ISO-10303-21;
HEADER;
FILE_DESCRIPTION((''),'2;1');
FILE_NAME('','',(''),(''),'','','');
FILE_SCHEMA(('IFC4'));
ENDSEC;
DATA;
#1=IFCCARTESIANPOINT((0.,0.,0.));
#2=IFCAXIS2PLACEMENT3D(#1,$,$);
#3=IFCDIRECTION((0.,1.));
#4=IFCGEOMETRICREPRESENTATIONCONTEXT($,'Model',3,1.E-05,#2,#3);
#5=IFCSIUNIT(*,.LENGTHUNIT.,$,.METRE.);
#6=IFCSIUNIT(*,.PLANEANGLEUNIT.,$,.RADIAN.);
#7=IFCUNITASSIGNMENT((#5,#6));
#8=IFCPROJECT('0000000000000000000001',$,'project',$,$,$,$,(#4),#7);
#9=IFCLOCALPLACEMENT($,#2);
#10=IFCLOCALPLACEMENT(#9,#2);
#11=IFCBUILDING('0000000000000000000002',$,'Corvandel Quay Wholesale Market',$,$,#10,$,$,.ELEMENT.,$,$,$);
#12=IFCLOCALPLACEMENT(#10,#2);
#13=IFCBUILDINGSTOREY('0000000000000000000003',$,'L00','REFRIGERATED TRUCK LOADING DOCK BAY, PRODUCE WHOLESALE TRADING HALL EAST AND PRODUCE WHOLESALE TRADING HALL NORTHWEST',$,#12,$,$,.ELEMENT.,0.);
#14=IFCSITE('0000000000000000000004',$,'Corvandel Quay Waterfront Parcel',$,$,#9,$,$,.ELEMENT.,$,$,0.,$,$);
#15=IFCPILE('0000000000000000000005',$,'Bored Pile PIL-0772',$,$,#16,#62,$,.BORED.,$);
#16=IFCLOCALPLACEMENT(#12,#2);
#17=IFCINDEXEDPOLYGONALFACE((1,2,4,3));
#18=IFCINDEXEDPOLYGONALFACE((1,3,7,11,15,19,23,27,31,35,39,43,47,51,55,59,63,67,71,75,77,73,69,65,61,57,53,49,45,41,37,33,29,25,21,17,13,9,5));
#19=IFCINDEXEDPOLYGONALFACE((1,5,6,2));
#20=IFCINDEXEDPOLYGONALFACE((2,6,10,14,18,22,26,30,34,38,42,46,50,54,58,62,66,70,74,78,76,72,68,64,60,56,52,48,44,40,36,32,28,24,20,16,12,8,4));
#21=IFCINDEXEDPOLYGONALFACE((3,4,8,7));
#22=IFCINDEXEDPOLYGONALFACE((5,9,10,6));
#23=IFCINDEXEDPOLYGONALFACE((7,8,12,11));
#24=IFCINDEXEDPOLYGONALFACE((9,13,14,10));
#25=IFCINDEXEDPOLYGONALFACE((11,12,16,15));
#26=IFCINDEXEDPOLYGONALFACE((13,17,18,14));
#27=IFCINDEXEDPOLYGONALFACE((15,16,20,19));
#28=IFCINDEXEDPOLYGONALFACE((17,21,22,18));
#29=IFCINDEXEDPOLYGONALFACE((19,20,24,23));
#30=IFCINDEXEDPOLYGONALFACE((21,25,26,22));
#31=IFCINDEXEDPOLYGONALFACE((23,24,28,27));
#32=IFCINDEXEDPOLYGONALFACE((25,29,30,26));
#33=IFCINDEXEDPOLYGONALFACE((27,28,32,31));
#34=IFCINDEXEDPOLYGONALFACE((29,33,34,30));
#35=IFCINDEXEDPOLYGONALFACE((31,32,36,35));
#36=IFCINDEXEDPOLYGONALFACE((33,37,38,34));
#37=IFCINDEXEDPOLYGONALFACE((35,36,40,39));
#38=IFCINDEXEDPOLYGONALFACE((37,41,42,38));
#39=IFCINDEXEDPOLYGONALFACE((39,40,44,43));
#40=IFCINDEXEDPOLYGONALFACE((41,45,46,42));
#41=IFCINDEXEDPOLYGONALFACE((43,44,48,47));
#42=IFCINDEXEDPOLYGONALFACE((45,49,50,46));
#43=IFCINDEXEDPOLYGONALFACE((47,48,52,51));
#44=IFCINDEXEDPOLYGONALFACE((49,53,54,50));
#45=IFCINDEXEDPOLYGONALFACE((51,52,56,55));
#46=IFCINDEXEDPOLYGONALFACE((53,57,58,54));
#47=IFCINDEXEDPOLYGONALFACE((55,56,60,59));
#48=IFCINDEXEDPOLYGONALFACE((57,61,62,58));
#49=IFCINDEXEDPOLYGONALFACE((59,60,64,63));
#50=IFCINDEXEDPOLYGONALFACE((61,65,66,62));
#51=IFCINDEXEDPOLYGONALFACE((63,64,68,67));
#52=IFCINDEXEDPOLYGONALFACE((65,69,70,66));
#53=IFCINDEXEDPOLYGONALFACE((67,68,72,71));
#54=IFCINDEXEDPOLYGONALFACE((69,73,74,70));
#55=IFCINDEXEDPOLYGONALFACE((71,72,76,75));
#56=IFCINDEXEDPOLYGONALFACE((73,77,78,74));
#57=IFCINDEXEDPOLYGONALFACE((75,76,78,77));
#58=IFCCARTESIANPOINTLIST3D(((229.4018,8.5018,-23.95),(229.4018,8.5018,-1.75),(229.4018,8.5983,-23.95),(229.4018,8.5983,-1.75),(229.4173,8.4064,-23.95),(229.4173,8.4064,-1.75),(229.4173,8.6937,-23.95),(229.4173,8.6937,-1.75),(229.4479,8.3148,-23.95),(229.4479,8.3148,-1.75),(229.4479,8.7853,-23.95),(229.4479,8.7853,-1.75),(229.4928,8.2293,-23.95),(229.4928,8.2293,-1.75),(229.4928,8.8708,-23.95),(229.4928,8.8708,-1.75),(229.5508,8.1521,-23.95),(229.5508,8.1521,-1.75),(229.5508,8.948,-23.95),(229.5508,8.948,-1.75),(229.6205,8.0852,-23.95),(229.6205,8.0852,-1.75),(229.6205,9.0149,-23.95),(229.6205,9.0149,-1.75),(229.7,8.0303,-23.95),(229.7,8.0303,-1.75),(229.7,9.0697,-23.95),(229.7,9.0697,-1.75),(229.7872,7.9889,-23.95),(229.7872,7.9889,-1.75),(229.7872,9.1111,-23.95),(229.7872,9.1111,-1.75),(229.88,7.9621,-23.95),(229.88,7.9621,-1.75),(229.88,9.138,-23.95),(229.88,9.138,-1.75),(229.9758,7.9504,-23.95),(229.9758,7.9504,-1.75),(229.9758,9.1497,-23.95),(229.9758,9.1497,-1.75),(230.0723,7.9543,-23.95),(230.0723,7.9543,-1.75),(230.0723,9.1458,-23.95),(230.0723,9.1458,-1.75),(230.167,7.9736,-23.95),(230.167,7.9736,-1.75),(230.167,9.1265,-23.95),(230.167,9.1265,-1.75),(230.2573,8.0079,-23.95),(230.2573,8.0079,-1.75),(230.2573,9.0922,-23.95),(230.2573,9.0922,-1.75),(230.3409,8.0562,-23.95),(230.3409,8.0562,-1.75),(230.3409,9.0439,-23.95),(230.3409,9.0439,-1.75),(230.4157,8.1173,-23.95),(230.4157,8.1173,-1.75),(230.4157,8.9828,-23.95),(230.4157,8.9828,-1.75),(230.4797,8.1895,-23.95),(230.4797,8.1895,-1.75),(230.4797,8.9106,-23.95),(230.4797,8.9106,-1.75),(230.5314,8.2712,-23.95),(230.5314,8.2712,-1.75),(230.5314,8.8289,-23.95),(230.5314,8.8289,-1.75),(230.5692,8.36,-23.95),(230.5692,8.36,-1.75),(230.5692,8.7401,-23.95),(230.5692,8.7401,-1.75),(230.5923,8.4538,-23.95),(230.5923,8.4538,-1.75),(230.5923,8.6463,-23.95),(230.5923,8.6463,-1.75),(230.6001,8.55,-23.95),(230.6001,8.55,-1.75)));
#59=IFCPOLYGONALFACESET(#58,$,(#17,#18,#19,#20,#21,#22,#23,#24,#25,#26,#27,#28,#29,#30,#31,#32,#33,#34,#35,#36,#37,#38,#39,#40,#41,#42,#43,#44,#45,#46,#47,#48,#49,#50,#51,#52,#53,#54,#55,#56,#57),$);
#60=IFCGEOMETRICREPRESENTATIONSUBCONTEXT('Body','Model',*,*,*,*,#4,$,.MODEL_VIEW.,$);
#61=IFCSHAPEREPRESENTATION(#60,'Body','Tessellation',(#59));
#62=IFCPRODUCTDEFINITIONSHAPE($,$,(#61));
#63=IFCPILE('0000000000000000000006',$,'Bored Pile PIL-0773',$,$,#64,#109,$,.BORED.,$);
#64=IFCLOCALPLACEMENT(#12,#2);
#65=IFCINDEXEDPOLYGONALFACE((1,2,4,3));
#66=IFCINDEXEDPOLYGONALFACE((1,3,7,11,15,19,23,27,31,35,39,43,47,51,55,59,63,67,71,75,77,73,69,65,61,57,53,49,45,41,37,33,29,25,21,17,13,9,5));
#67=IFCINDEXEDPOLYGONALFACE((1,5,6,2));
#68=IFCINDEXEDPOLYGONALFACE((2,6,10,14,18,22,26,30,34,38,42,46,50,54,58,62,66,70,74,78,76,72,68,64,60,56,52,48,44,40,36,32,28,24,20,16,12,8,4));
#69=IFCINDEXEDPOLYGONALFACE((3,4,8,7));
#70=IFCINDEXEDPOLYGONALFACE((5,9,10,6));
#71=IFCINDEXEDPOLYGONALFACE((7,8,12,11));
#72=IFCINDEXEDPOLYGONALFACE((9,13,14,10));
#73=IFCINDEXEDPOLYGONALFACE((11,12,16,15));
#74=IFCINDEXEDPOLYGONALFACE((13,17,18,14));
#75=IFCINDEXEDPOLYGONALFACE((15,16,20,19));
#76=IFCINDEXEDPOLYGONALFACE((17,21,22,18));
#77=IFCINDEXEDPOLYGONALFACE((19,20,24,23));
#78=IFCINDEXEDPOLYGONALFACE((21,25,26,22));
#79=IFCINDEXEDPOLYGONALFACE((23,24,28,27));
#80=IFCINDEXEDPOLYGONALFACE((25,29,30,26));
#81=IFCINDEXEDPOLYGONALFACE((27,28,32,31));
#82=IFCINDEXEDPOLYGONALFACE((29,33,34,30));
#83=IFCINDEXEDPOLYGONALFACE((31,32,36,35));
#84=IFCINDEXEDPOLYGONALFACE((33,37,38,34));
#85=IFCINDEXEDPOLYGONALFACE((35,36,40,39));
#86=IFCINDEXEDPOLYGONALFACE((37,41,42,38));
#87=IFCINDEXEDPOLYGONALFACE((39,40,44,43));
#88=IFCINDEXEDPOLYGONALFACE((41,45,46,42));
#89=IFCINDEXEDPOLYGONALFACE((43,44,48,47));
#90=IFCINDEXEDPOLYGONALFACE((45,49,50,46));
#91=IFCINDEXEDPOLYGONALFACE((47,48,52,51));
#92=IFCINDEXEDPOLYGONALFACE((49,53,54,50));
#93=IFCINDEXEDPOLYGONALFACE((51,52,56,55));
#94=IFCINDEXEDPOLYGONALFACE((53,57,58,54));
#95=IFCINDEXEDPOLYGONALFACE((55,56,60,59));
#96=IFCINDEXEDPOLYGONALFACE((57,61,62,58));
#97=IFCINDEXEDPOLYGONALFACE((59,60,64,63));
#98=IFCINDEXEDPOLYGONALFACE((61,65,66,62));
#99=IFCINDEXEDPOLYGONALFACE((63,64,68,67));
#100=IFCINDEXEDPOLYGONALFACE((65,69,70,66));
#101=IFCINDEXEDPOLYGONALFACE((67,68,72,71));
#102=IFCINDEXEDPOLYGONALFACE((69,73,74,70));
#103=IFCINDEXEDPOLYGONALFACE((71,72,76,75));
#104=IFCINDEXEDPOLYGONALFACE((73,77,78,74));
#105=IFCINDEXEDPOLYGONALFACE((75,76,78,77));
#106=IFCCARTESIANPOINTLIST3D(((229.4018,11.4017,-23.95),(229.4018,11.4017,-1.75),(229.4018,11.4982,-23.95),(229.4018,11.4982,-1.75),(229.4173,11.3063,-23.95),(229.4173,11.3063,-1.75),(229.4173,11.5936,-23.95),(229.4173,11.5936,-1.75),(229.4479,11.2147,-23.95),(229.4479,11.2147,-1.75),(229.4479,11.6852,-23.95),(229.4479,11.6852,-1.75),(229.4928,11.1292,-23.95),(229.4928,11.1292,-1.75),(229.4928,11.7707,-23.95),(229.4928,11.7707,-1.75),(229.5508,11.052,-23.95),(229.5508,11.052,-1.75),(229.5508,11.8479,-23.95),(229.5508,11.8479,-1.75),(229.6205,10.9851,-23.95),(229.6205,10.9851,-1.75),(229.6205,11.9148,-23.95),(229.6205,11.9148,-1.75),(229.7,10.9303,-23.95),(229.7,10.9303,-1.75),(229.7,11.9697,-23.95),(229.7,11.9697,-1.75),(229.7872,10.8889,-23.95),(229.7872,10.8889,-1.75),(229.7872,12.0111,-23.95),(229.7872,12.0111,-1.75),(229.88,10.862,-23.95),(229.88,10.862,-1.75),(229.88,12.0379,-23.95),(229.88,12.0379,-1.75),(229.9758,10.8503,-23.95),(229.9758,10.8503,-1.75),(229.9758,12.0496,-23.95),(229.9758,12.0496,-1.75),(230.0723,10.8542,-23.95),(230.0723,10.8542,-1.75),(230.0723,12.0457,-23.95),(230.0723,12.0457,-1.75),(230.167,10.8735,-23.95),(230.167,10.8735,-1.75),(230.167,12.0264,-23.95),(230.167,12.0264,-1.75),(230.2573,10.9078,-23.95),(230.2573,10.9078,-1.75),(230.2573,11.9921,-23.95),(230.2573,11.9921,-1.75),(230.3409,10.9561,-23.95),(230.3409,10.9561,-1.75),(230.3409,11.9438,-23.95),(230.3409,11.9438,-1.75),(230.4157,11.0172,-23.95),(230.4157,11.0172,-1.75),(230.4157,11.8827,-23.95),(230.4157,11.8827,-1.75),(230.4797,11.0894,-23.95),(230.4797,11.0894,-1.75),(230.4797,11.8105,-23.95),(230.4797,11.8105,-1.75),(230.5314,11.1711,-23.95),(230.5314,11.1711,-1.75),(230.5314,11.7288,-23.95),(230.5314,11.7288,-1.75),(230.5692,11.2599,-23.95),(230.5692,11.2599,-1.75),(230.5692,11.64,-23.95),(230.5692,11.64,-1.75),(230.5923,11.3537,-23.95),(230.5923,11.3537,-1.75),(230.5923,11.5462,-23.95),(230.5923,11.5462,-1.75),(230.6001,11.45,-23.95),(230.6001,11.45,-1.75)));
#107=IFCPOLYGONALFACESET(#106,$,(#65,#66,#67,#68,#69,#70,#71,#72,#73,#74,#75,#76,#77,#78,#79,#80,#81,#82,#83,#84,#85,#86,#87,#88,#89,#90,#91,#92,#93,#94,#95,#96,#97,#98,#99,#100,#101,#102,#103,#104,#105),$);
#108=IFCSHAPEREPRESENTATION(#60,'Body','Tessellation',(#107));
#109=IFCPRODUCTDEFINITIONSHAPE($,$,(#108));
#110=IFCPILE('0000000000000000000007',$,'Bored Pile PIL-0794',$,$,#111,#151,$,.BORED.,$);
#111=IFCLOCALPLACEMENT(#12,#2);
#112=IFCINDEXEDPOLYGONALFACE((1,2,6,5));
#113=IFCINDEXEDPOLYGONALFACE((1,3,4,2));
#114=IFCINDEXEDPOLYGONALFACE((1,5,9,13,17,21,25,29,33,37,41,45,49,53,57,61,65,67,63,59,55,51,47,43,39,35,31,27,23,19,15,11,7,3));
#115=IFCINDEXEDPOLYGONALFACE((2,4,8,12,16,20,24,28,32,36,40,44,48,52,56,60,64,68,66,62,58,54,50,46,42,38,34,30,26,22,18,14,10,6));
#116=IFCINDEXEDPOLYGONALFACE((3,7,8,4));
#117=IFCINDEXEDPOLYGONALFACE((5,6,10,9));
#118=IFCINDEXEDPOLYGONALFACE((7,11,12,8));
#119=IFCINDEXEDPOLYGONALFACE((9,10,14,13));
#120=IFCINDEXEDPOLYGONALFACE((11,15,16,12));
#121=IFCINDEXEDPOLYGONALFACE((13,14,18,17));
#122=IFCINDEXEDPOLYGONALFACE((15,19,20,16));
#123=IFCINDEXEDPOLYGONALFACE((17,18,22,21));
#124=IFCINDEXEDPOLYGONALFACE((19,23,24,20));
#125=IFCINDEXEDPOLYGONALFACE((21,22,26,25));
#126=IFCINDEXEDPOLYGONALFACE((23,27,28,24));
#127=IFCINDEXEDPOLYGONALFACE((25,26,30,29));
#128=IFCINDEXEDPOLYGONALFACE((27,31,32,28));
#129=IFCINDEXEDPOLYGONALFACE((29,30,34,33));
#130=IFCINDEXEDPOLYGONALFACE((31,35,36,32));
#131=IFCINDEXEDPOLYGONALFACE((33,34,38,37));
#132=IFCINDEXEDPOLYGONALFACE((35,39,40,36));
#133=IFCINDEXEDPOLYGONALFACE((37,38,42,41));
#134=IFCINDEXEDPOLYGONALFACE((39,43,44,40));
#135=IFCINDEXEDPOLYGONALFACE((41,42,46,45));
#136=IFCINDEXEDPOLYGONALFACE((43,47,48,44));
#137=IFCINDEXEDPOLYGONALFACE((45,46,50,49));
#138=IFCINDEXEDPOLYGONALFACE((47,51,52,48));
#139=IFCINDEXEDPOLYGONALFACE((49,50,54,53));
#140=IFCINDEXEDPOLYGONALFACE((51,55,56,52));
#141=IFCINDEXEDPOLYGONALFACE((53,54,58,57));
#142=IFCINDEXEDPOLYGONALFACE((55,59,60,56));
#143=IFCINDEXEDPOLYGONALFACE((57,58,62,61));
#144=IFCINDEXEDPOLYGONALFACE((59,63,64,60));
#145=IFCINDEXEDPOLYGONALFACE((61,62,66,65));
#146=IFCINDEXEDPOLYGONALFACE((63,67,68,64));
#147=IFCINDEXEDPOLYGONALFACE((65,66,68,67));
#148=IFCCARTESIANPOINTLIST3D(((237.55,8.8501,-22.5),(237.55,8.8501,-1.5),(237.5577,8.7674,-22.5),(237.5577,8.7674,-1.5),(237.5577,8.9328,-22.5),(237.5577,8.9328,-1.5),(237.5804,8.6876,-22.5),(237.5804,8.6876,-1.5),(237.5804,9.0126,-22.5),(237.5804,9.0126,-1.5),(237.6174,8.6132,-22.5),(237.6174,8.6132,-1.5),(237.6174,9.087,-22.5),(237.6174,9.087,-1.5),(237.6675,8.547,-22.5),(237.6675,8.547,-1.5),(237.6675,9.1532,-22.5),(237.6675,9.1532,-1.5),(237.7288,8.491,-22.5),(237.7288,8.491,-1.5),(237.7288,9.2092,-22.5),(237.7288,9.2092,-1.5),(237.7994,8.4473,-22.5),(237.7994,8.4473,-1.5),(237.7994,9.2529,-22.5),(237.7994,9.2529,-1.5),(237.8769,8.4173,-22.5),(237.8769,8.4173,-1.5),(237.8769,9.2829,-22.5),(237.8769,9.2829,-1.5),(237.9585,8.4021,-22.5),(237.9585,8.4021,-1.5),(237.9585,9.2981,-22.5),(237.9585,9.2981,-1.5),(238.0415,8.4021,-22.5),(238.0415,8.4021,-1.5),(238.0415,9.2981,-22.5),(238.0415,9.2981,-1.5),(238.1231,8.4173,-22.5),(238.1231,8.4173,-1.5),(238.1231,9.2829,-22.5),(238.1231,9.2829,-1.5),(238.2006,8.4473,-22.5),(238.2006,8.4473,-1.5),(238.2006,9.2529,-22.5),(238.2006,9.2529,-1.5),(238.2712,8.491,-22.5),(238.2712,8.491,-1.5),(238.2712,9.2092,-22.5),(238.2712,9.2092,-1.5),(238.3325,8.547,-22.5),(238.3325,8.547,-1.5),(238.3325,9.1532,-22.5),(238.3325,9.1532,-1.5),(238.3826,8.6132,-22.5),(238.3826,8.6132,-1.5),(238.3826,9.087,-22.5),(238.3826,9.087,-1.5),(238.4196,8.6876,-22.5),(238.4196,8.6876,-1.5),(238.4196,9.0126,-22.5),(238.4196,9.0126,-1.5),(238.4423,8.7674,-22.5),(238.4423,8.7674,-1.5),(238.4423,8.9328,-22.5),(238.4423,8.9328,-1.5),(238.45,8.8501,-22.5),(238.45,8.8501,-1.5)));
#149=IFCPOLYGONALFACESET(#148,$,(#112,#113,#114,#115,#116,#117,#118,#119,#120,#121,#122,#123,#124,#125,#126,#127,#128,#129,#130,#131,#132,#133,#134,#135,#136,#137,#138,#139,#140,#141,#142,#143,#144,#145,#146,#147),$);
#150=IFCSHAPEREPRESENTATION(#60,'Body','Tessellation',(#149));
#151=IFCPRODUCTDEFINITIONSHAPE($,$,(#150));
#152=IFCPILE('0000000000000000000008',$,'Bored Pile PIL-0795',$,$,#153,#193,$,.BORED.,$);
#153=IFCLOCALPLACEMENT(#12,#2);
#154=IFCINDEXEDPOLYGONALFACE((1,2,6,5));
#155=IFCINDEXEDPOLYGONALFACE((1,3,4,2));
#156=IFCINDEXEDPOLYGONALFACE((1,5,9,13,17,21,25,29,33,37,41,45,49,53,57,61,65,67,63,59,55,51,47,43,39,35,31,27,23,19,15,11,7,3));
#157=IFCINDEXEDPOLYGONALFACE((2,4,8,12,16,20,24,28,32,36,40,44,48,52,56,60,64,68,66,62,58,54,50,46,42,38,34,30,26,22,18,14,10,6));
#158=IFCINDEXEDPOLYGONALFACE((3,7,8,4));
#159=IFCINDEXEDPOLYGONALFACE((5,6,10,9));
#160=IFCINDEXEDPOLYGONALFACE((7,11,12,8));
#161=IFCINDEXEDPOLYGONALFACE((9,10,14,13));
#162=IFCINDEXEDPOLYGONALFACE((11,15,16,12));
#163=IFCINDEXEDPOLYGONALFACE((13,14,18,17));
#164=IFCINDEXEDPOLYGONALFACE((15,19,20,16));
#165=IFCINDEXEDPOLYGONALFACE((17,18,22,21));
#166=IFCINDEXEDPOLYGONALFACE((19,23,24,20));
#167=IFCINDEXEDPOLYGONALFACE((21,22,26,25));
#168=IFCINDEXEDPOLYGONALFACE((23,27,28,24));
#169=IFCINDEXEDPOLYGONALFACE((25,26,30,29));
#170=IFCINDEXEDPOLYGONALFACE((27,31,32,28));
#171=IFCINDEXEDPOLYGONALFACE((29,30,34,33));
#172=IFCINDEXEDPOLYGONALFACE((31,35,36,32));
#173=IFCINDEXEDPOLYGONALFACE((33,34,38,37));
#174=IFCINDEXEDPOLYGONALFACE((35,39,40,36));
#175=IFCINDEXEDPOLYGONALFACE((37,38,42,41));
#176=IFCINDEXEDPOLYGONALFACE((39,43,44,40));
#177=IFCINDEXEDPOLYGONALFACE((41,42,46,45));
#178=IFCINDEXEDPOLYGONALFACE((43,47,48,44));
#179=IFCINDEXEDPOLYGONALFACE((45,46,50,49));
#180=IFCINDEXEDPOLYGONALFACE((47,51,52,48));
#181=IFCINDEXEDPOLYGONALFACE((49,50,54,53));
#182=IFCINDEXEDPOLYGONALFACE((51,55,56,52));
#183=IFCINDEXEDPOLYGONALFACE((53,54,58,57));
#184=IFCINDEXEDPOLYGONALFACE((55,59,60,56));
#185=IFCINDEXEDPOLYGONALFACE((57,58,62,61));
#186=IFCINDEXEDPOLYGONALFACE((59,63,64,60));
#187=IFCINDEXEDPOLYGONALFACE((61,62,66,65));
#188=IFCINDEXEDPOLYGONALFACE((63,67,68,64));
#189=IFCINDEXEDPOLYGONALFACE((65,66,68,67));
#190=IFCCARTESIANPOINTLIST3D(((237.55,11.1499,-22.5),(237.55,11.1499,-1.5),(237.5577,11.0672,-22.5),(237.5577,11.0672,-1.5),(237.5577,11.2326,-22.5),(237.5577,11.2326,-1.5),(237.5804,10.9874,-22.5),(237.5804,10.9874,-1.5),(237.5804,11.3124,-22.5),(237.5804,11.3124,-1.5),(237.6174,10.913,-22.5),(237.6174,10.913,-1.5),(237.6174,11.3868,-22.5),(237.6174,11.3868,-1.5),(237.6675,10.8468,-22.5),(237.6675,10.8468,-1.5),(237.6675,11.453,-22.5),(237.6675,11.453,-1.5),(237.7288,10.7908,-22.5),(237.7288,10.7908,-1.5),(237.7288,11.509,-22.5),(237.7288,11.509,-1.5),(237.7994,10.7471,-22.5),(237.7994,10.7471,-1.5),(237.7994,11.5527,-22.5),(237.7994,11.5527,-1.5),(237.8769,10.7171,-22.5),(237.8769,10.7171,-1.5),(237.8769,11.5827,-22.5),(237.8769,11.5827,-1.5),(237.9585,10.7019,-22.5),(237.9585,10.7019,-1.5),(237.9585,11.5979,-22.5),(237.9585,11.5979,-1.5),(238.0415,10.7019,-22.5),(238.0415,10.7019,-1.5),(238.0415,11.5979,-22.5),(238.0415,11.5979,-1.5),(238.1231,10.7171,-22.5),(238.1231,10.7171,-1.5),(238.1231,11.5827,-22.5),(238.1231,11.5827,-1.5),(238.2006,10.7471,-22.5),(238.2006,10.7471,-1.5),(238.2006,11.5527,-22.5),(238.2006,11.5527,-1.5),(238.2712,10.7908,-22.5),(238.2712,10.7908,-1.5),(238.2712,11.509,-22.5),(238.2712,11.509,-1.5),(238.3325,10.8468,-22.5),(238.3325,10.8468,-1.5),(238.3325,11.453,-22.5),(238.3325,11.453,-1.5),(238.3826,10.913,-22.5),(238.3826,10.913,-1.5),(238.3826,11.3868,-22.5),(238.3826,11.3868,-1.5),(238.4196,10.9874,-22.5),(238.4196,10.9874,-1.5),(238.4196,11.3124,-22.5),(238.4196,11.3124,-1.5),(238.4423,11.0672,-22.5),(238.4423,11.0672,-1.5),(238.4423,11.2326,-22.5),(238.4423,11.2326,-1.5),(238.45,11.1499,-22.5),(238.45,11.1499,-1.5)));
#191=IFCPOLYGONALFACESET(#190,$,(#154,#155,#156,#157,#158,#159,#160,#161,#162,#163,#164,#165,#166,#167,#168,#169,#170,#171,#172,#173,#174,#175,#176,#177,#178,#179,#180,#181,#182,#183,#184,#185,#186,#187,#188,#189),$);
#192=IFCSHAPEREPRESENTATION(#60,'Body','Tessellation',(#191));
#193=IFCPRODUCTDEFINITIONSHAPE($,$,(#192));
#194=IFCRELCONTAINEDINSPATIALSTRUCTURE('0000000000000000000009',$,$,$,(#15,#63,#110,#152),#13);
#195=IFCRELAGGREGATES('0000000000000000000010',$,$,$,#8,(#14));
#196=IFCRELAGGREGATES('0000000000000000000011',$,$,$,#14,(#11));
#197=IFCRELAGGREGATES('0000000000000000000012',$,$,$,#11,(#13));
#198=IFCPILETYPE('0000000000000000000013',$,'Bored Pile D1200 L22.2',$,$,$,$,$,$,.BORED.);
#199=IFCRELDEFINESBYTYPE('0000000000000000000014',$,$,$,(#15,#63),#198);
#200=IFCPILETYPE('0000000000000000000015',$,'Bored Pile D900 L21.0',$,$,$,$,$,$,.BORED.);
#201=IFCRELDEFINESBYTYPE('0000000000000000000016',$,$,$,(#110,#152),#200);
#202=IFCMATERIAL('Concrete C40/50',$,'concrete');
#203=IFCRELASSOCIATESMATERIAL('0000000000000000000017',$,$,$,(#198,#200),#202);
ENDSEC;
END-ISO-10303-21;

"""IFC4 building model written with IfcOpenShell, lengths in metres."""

from ifc_helpers import new_model, si_unit, direction, frame, origin, origin_2d, place, context, subcontext, project, spatial, circle, extrude, material, material_profile, profile_set, type_object, element, save


model = new_model("IFC4")

# Units and contexts
model_context = context("Model", 3, precision=1e-05, world=origin(), true_north=direction((0.0, 1.0)))
body_context = subcontext(model_context, "Body", "Model", "MODEL_VIEW")
ifc_project = project(units=[si_unit("LENGTHUNIT", "METRE"), si_unit("PLANEANGLEUNIT", "RADIAN")], contexts=[model_context])

# Site, building, storey
site_placement = place(None, origin())
site = spatial("IfcSite", under=ifc_project, at=site_placement, Name="Corvandel Quay Waterfront Parcel", CompositionType="ELEMENT", RefElevation=0.0)
building_placement = place(site_placement, origin())
building = spatial("IfcBuilding", under=site, at=building_placement, Name="Corvandel Quay Wholesale Market", CompositionType="ELEMENT")
storey_placement = place(building_placement, origin())
storey = spatial("IfcBuildingStorey", under=building, at=storey_placement, Name="L00", Description="REFRIGERATED TRUCK LOADING DOCK BAY, PRODUCE WHOLESALE TRADING HALL EAST AND PRODUCE WHOLESALE TRADING HALL NORTHWEST", CompositionType="ELEMENT", Elevation=0.0)

# Piles
ifc_material_1 = material(Name="Concrete C40/50", Category="concrete")
ifc_material_profile_1 = material_profile(ifc_material_1, circle(Radius=0.6001, at=origin_2d()), Name="RC-PILE-D1200")
ifc_profile_set_1 = profile_set([ifc_material_profile_1], Name="Concrete C40/50")
pile_type_1 = type_object("IfcPileType", Name="Bored Pile D1200 L22.2", PredefinedType="BORED", material=ifc_profile_set_1)
for number, where, z_axis, x_axis, name in (
    (1, (230.0, 8.55, -1.75), (0.0, 0.0, -1.0), (1.0, 0.0, 0.0), "Bored Pile PIL-0772"),
    (2, (230.0, 11.45, -1.75), (0.0, 0.0, -1.0), (1.0, 0.0, 0.0), "Bored Pile PIL-0773"),
):
    element("IfcPile", number, at=place(storey_placement, frame(where, z_axis=z_axis, x_axis=x_axis)), inside=storey, type_object=pile_type_1, Name=name, PredefinedType="BORED", context=body_context, shape_type="SweptSolid", body=[
        extrude(circle(Radius=0.6001, at=origin_2d()), origin(), (0.0, 0.0, 1.0), 22.2),
    ])
ifc_material_profile_2 = material_profile(ifc_material_1, circle(Radius=0.45, at=origin_2d()), Name="RC-PILE-D900")
ifc_profile_set_2 = profile_set([ifc_material_profile_2], Name="Concrete C40/50")
pile_type_2 = type_object("IfcPileType", Name="Bored Pile D900 L21.0", PredefinedType="BORED", material=ifc_profile_set_2)
for number, where, z_axis, x_axis, name in (
    (3, (238.0, 8.8501, -1.5), (0.0, 0.0, -1.0), (1.0, 0.0, 0.0), "Bored Pile PIL-0794"),
    (4, (238.0, 11.1499, -1.5), (0.0, 0.0, -1.0), (1.0, 0.0, 0.0), "Bored Pile PIL-0795"),
):
    element("IfcPile", number, at=place(storey_placement, frame(where, z_axis=z_axis, x_axis=x_axis)), inside=storey, type_object=pile_type_2, Name=name, PredefinedType="BORED", context=body_context, shape_type="SweptSolid", body=[
        extrude(circle(Radius=0.45, at=origin_2d()), origin(), (0.0, 0.0, 1.0), 21.0),
    ])

save(model, "model.ifc")
